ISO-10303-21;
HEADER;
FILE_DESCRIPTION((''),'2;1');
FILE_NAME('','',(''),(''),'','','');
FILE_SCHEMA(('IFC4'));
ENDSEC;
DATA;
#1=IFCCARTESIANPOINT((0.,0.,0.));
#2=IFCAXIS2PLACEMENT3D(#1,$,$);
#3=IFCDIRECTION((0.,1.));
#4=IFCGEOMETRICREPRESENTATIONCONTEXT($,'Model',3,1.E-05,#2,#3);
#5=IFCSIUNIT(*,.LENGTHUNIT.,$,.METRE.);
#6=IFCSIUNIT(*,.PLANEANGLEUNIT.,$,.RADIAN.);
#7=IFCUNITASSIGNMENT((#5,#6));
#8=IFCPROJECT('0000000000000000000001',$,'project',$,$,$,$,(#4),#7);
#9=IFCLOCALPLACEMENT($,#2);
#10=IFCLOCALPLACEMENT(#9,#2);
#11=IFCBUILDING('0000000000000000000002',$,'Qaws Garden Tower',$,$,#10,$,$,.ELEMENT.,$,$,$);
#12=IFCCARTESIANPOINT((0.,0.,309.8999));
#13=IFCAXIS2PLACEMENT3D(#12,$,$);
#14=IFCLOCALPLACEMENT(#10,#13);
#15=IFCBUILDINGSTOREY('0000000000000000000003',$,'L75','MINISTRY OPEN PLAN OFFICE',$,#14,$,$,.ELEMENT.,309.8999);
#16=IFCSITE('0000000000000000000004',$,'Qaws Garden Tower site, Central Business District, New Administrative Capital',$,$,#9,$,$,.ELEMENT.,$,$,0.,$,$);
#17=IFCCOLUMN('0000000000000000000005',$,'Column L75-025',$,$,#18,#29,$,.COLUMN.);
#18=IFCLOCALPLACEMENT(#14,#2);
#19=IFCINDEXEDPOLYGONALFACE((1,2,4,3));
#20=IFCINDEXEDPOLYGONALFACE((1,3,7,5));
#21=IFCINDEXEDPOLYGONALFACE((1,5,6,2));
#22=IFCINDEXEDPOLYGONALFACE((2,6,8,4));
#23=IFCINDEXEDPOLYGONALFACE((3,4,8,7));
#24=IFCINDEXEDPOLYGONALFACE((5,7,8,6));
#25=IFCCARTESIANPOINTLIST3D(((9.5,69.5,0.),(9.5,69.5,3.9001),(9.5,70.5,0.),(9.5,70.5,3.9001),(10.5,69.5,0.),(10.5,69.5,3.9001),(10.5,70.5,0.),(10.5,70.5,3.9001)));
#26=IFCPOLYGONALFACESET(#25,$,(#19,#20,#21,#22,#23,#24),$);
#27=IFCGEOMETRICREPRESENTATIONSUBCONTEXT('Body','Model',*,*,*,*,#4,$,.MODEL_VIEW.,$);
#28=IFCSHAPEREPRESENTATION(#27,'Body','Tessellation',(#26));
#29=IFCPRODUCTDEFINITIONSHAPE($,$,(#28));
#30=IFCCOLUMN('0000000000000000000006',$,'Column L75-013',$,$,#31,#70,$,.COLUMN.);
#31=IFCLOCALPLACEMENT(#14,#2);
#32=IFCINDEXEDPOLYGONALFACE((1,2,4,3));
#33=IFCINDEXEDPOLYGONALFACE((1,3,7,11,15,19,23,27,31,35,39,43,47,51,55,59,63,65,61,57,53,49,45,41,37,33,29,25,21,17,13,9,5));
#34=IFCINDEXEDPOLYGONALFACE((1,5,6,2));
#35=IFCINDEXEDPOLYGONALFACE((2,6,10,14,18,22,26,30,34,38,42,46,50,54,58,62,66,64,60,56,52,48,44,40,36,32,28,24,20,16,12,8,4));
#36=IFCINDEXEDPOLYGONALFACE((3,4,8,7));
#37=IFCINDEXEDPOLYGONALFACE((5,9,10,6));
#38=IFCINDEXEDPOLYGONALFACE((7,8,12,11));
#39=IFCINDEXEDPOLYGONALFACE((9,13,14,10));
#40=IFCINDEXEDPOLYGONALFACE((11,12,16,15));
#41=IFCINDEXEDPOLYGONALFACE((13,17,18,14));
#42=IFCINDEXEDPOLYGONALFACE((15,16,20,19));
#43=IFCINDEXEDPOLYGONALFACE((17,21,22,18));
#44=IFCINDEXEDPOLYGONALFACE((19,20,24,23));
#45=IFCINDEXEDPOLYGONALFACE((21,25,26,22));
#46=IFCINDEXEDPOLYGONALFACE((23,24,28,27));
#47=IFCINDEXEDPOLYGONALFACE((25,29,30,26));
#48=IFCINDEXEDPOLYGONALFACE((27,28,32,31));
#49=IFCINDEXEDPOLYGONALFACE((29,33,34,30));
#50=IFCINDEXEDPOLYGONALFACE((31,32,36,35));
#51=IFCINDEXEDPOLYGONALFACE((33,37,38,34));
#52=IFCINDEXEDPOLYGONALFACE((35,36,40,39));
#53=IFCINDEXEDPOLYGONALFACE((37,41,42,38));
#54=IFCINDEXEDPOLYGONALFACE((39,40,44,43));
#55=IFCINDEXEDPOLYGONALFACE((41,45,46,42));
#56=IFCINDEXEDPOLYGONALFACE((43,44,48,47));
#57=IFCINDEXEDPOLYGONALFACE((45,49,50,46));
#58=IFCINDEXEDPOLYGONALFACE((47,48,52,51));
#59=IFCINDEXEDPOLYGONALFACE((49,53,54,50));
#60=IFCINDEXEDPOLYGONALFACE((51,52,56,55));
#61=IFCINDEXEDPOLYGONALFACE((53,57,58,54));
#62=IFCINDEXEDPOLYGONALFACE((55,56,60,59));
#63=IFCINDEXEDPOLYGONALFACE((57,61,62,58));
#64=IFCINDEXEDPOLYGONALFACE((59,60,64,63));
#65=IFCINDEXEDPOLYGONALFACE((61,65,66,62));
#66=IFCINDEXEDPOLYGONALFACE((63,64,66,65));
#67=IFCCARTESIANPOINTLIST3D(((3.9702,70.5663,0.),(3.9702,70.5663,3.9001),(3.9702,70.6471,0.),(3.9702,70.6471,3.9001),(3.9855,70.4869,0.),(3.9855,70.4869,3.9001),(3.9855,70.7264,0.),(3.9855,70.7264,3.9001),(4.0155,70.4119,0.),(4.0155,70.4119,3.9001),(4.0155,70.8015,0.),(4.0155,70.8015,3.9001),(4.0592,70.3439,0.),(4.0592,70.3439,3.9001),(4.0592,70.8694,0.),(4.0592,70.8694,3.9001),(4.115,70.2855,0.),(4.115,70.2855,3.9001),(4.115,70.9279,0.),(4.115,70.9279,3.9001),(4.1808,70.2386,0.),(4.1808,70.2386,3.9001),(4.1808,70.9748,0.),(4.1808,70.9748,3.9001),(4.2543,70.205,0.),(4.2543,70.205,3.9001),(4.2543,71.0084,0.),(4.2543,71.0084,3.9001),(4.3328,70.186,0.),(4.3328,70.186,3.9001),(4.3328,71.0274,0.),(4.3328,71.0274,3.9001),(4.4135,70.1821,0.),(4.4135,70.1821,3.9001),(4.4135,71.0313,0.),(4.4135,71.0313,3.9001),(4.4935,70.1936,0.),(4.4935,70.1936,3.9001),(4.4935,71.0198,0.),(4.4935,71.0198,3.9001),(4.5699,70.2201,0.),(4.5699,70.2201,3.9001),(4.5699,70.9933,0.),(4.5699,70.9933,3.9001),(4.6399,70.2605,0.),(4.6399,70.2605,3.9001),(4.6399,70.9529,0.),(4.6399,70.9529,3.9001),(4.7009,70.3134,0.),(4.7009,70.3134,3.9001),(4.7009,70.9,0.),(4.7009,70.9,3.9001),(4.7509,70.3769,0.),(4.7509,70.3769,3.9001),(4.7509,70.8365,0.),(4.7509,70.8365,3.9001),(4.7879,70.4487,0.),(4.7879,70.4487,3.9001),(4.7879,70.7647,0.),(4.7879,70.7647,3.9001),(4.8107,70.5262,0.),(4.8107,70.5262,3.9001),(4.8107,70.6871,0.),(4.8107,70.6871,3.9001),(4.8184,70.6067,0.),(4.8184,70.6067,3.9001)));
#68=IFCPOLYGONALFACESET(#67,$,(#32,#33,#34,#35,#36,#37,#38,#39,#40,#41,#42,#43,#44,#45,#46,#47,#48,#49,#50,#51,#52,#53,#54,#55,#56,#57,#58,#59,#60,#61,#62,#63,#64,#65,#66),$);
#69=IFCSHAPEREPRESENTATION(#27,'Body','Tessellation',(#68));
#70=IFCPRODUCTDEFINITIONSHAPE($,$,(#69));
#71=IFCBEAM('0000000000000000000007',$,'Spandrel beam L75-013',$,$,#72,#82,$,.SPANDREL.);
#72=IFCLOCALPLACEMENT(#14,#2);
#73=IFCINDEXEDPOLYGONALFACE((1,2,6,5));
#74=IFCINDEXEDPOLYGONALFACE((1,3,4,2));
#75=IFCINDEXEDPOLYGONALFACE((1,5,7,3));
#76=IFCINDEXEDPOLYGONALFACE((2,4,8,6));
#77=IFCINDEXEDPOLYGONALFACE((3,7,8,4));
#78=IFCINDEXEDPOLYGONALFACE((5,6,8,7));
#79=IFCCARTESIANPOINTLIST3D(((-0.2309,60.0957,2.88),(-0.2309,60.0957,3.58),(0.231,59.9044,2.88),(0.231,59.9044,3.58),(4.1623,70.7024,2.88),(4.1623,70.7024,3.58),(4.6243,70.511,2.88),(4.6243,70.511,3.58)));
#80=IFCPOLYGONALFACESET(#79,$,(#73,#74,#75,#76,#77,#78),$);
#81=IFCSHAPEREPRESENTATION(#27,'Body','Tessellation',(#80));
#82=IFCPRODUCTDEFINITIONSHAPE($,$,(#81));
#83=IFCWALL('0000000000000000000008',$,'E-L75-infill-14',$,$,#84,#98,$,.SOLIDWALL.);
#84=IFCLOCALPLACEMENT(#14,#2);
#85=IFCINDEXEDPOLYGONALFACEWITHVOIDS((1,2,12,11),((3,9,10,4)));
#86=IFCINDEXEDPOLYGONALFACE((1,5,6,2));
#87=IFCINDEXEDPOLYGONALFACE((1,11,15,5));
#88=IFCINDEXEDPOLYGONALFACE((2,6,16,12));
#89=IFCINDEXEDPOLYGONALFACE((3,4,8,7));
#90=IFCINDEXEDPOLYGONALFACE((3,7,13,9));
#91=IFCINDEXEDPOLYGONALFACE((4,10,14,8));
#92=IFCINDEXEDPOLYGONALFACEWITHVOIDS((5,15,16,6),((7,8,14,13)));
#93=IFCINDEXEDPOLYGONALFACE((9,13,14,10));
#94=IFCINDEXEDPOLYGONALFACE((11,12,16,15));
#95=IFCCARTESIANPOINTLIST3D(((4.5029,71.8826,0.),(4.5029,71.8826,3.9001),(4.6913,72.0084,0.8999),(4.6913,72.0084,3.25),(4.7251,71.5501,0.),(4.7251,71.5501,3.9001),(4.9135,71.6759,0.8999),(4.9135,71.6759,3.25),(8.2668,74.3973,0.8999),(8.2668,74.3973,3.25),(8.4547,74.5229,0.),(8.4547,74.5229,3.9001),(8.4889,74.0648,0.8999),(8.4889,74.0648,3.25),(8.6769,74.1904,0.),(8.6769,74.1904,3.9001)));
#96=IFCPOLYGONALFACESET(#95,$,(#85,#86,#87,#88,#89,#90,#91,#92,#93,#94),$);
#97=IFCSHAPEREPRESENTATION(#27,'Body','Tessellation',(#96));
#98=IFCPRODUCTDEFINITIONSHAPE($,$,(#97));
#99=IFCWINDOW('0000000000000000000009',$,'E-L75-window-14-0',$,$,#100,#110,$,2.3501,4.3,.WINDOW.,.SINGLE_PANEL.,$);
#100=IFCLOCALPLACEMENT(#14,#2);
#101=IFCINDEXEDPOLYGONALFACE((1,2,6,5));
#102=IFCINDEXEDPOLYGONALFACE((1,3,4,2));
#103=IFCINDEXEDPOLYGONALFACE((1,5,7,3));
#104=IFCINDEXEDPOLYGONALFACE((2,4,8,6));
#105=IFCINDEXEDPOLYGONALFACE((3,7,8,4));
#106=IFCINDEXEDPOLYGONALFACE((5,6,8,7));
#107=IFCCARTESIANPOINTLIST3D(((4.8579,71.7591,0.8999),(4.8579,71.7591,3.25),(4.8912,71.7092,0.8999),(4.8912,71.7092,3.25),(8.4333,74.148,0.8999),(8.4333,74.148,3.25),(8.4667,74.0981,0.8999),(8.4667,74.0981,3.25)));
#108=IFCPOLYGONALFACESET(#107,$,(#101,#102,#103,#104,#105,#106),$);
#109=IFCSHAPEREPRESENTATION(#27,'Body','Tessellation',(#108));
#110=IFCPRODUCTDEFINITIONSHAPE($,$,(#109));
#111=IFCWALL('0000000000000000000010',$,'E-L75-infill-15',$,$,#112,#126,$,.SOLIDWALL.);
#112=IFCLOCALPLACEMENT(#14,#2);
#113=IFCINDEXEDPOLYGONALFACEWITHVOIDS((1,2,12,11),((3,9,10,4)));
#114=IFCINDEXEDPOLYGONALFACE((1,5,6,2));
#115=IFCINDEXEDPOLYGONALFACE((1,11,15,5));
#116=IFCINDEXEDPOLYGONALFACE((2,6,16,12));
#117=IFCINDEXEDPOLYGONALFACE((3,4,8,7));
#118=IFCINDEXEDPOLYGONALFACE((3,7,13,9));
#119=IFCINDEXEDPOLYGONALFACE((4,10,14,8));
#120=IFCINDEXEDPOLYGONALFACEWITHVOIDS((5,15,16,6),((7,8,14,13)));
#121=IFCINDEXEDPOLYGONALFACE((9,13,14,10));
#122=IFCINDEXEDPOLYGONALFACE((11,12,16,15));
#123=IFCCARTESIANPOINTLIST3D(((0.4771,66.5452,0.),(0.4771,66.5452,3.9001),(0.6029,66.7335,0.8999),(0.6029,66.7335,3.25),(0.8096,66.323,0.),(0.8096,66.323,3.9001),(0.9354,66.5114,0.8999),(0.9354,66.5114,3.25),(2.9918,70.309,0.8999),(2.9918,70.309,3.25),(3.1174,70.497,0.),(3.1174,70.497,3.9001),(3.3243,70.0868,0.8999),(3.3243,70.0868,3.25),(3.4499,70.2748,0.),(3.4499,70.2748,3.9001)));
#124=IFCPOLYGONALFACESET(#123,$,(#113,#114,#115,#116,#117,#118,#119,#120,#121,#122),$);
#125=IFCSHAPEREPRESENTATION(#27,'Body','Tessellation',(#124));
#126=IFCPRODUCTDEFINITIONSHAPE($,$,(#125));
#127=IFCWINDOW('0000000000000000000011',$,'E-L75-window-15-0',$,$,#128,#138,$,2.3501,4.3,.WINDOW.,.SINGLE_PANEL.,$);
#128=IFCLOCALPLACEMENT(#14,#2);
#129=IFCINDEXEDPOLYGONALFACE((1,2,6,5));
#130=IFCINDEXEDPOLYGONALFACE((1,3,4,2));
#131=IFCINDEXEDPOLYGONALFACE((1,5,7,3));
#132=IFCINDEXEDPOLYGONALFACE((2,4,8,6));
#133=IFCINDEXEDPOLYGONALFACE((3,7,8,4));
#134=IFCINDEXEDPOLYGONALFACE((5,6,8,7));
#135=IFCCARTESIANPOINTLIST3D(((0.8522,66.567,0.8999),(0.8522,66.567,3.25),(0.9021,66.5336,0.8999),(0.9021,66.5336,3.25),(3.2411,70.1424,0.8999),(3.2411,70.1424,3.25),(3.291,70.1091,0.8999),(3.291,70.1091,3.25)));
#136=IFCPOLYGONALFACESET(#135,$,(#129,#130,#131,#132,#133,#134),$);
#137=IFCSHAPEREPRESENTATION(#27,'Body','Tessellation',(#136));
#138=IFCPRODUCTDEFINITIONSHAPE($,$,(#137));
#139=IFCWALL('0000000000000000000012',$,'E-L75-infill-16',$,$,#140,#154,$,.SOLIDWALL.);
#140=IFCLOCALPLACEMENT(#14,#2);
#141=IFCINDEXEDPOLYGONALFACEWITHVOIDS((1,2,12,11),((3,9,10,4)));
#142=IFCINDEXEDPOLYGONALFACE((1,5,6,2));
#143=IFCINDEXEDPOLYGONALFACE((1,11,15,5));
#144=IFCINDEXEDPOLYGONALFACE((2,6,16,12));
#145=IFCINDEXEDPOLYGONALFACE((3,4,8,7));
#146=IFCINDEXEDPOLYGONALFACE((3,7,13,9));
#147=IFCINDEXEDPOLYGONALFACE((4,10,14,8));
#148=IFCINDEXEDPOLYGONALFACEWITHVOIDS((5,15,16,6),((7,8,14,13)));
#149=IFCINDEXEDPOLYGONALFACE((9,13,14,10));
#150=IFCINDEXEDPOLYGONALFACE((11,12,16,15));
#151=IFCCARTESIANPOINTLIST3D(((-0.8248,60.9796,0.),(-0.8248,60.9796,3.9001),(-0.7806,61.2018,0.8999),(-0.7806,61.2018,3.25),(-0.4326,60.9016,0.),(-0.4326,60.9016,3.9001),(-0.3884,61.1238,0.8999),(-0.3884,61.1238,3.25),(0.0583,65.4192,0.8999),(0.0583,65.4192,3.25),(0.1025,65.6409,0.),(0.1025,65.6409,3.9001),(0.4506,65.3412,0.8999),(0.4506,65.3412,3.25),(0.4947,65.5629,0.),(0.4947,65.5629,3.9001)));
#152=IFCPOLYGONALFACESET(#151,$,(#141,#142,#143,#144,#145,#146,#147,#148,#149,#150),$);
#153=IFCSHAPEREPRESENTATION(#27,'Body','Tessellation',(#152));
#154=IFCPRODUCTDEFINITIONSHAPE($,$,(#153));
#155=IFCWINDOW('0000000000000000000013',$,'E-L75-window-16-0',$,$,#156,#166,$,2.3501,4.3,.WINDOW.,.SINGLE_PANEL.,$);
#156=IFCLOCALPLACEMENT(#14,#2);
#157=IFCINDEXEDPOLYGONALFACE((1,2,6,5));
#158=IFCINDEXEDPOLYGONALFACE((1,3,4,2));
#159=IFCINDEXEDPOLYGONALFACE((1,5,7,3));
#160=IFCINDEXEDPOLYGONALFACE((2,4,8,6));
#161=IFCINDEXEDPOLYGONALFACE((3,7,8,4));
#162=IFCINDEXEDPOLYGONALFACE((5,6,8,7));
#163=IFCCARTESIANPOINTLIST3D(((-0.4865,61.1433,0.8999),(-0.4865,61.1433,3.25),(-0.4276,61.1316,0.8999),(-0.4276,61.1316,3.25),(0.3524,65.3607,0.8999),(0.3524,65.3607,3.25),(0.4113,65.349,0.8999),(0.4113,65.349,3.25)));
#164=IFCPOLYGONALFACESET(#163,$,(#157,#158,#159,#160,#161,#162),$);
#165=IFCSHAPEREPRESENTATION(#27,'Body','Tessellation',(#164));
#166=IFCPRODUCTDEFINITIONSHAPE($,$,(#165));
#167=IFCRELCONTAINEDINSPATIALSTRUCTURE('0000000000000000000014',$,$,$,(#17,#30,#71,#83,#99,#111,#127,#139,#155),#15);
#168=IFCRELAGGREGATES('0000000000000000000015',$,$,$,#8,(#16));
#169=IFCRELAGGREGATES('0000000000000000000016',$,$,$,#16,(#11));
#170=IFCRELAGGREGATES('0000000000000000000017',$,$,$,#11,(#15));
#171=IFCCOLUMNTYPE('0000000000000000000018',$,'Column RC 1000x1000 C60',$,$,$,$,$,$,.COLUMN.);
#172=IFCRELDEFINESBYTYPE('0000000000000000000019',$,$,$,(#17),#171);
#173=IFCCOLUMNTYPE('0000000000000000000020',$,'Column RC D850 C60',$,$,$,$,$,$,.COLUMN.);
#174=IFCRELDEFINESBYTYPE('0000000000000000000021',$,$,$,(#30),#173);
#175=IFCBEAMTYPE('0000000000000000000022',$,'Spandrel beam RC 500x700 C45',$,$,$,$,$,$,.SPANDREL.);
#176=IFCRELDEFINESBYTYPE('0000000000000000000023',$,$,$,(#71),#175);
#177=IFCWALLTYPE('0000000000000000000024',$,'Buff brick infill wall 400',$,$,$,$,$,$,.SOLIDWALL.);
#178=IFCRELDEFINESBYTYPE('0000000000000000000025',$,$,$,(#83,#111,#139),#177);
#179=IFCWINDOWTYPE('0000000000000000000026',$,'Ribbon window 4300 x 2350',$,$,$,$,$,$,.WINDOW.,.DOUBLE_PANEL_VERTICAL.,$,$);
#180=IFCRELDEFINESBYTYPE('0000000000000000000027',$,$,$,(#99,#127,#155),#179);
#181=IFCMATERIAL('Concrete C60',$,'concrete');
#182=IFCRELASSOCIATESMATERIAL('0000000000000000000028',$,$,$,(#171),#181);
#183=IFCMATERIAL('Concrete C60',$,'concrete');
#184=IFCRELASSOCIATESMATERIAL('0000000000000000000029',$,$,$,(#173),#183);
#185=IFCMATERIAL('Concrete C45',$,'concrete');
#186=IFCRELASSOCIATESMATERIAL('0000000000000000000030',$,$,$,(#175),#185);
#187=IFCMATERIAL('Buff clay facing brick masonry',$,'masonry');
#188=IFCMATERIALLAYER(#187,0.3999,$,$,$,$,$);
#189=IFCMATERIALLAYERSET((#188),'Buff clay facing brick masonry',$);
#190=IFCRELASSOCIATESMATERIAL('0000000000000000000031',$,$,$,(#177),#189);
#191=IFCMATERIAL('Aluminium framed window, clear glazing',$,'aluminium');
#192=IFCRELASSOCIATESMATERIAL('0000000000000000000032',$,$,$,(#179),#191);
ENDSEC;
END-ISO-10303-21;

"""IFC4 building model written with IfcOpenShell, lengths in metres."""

from ifc_helpers import new_model, si_unit, direction, frame, frame_2d, origin, origin_2d, place, context, subcontext, project, spatial, rectangle, circle, extrude, material, layer, layer_set, material_profile, profile_set, type_object, element, fill, save


model = new_model("IFC4")

# Units and contexts
model_context = context("Model", 3, precision=1e-05, world=origin(), true_north=direction((0.0, 1.0)))
body_context = subcontext(model_context, "Body", "Model", "MODEL_VIEW")
ifc_project = project(units=[si_unit("LENGTHUNIT", "METRE"), si_unit("PLANEANGLEUNIT", "RADIAN")], contexts=[model_context])

# Site, building, storey
site_placement = place(None, origin())
site = spatial("IfcSite", under=ifc_project, at=site_placement, Name="Qaws Garden Tower site, Central Business District, New Administrative Capital", CompositionType="ELEMENT", RefElevation=0.0)
building_placement = place(site_placement, origin())
building = spatial("IfcBuilding", under=site, at=building_placement, Name="Qaws Garden Tower", CompositionType="ELEMENT")
storey_placement = place(building_placement, frame((0.0, 0.0, 309.8999)))
storey = spatial("IfcBuildingStorey", under=building, at=storey_placement, Name="L75", Description="MINISTRY OPEN PLAN OFFICE", CompositionType="ELEMENT", Elevation=309.8999)

# Columns
ifc_material_1 = material(Name="Concrete C60", Category="concrete")
ifc_material_profile_1 = material_profile(ifc_material_1, rectangle(XDim=1.0, YDim=1.0, at=origin_2d()), Name="RC 1000x1000")
ifc_profile_set_1 = profile_set([ifc_material_profile_1], Name="Concrete C60")
column_type_1 = type_object("IfcColumnType", Name="Column RC 1000x1000 C60", PredefinedType="COLUMN", material=ifc_profile_set_1)
column_1_placement = place(storey_placement, frame((10.0, 70.0, 0.0), z_axis=(0.0, 0.0, 1.0), x_axis=(1.0, 0.0, 0.0)))
element("IfcColumn", 1, at=column_1_placement, inside=storey, type_object=column_type_1, Name="Column L75-025", PredefinedType="COLUMN", context=body_context, shape_type="SweptSolid", body=[
    extrude(rectangle(XDim=1.0, YDim=1.0, at=origin_2d()), origin(), (0.0, 0.0, 1.0), 3.9001),
])
ifc_material_2 = material(Name="Concrete C60", Category="concrete")
ifc_material_profile_2 = material_profile(ifc_material_2, circle(Radius=0.425, at=origin_2d()), Name="RC D850")
ifc_profile_set_2 = profile_set([ifc_material_profile_2], Name="Concrete C60")
column_type_2 = type_object("IfcColumnType", Name="Column RC D850 C60", PredefinedType="COLUMN", material=ifc_profile_set_2)
column_2_placement = place(storey_placement, frame((4.3933, 70.6067, 0.0), z_axis=(0.0, 0.0, 1.0), x_axis=(1.0, 0.0, 0.0)))
element("IfcColumn", 2, at=column_2_placement, inside=storey, type_object=column_type_2, Name="Column L75-013", PredefinedType="COLUMN", context=body_context, shape_type="SweptSolid", body=[
    extrude(circle(Radius=0.425, at=origin_2d()), origin(), (0.0, 0.0, 1.0), 3.9001),
])

# Beam
ifc_material_3 = material(Name="Concrete C45", Category="concrete")
ifc_material_profile_3 = material_profile(ifc_material_3, rectangle(XDim=0.5, YDim=0.7, at=origin_2d()), Name="RC 500x700")
ifc_profile_set_3 = profile_set([ifc_material_profile_3], Name="Concrete C45")
beam_type = type_object("IfcBeamType", Name="Spandrel beam RC 500x700 C45", PredefinedType="SPANDREL", material=ifc_profile_set_3)
beam_placement = place(storey_placement, frame((4.3933, 70.6067, 3.23), z_axis=(-0.382674, -0.923883, 0.0), x_axis=(0.923883, -0.382674, 0.0)))
element("IfcBeam", 3, at=beam_placement, inside=storey, type_object=beam_type, Name="Spandrel beam L75-013", PredefinedType="SPANDREL", context=body_context, shape_type="SweptSolid", body=[
    extrude(rectangle(XDim=0.5, YDim=0.7, at=origin_2d()), origin(), (0.0, 0.0, 1.0), 11.4805),
])

# Walls, openings, windows
ifc_material_4 = material(Name="Buff clay facing brick masonry", Category="masonry")
ifc_layer_1 = layer(ifc_material_4, 0.3999)
ifc_layer_set_1 = layer_set([ifc_layer_1], Name="Buff clay facing brick masonry")
wall_type_1 = type_object("IfcWallType", Name="Buff brick infill wall 400", PredefinedType="SOLIDWALL", material=ifc_layer_set_1)
wall_1_placement = place(storey_placement, frame((8.5659, 74.3567, 0.0), z_axis=(0.0, 0.0, 1.0), x_axis=(-0.831489, -0.555542, 0.0)))
wall_1 = element("IfcWall", 4, at=wall_1_placement, inside=storey, type_object=wall_type_1, Name="E-L75-infill-14", PredefinedType="SOLIDWALL", context=body_context, shape_type="SweptSolid", body=[
    extrude(rectangle(XDim=4.7527, YDim=0.3999, at=frame_2d((2.3765, 0.0))), origin(), (0.0, 0.0, 1.0), 3.9001),
])
opening_1_placement = place(wall_1_placement, frame((0.2263, 0.0, 0.8999)))
opening_1 = element("IfcOpeningElement", 5, at=opening_1_placement, cuts=wall_1, PredefinedType="OPENING", context=body_context, shape_type="SweptSolid", body=[
    extrude(rectangle(XDim=4.3, YDim=2.3501, at=frame_2d((2.1499, 1.175))), frame((0.0, 0.21, 0.0), z_axis=(0.0, -1.0, 0.0), x_axis=(1.0, 0.0, 0.0)), (0.0, 0.0, 1.0), 0.4199),
])
ifc_material_5 = material(Name="Aluminium framed window, clear glazing", Category="aluminium")
window_type = type_object("IfcWindowType", Name="Ribbon window 4300 x 2350", PartitioningType="DOUBLE_PANEL_VERTICAL", PredefinedType="WINDOW", material=ifc_material_5)
window_1_placement = place(opening_1_placement, origin())
window_1 = element("IfcWindow", 6, at=window_1_placement, inside=storey, type_object=window_type, Name="E-L75-window-14-0", OverallHeight=2.3501, OverallWidth=4.3, PartitioningType="SINGLE_PANEL", PredefinedType="WINDOW", context=body_context, shape_type="SweptSolid", body=[
    extrude(rectangle(XDim=4.3, YDim=2.3501, at=frame_2d((2.1499, 1.175))), frame((0.0, 0.1599, 0.0), z_axis=(0.0, -1.0, 0.0), x_axis=(1.0, 0.0, 0.0)), (0.0, 0.0, 1.0), 0.0601),
])
fill(opening_1, window_1)
wall_2_placement = place(storey_placement, frame((3.2837, 70.386, 0.0), z_axis=(0.0, 0.0, 1.0), x_axis=(-0.555542, -0.831489, 0.0)))
wall_2 = element("IfcWall", 7, at=wall_2_placement, inside=storey, type_object=wall_type_1, Name="E-L75-infill-15", PredefinedType="SOLIDWALL", context=body_context, shape_type="SweptSolid", body=[
    extrude(rectangle(XDim=4.7527, YDim=0.3999, at=frame_2d((2.3765, 0.0))), origin(), (0.0, 0.0, 1.0), 3.9001),
])
opening_2_placement = place(wall_2_placement, frame((0.2263, 0.0, 0.8999)))
opening_2 = element("IfcOpeningElement", 8, at=opening_2_placement, cuts=wall_2, PredefinedType="OPENING", context=body_context, shape_type="SweptSolid", body=[
    extrude(rectangle(XDim=4.3, YDim=2.3501, at=frame_2d((2.1499, 1.175))), frame((0.0, 0.21, 0.0), z_axis=(0.0, -1.0, 0.0), x_axis=(1.0, 0.0, 0.0)), (0.0, 0.0, 1.0), 0.4199),
])
window_2_placement = place(opening_2_placement, origin())
window_2 = element("IfcWindow", 9, at=window_2_placement, inside=storey, type_object=window_type, Name="E-L75-window-15-0", OverallHeight=2.3501, OverallWidth=4.3, PartitioningType="SINGLE_PANEL", PredefinedType="WINDOW", context=body_context, shape_type="SweptSolid", body=[
    extrude(rectangle(XDim=4.3, YDim=2.3501, at=frame_2d((2.1499, 1.175))), frame((0.0, 0.1599, 0.0), z_axis=(0.0, -1.0, 0.0), x_axis=(1.0, 0.0, 0.0)), (0.0, 0.0, 1.0), 0.0601),
])
fill(opening_2, window_2)
wall_3_placement = place(storey_placement, frame((0.2986, 65.6021, 0.0), z_axis=(0.0, 0.0, 1.0), x_axis=(-0.195099, -0.980784, 0.0)))
wall_3 = element("IfcWall", 10, at=wall_3_placement, inside=storey, type_object=wall_type_1, Name="E-L75-infill-16", PredefinedType="SOLIDWALL", context=body_context, shape_type="SweptSolid", body=[
    extrude(rectangle(XDim=4.7527, YDim=0.3999, at=frame_2d((2.3765, 0.0))), origin(), (0.0, 0.0, 1.0), 3.9001),
])
opening_3_placement = place(wall_3_placement, frame((0.2263, 0.0, 0.8999)))
opening_3 = element("IfcOpeningElement", 11, at=opening_3_placement, cuts=wall_3, PredefinedType="OPENING", context=body_context, shape_type="SweptSolid", body=[
    extrude(rectangle(XDim=4.3, YDim=2.3501, at=frame_2d((2.1499, 1.175))), frame((0.0, 0.21, 0.0), z_axis=(0.0, -1.0, 0.0), x_axis=(1.0, 0.0, 0.0)), (0.0, 0.0, 1.0), 0.4199),
])
window_3_placement = place(opening_3_placement, origin())
window_3 = element("IfcWindow", 12, at=window_3_placement, inside=storey, type_object=window_type, Name="E-L75-window-16-0", OverallHeight=2.3501, OverallWidth=4.3, PartitioningType="SINGLE_PANEL", PredefinedType="WINDOW", context=body_context, shape_type="SweptSolid", body=[
    extrude(rectangle(XDim=4.3, YDim=2.3501, at=frame_2d((2.1499, 1.175))), frame((0.0, 0.1599, 0.0), z_axis=(0.0, -1.0, 0.0), x_axis=(1.0, 0.0, 0.0)), (0.0, 0.0, 1.0), 0.0601),
])
fill(opening_3, window_3)

save(model, "model.ifc")
